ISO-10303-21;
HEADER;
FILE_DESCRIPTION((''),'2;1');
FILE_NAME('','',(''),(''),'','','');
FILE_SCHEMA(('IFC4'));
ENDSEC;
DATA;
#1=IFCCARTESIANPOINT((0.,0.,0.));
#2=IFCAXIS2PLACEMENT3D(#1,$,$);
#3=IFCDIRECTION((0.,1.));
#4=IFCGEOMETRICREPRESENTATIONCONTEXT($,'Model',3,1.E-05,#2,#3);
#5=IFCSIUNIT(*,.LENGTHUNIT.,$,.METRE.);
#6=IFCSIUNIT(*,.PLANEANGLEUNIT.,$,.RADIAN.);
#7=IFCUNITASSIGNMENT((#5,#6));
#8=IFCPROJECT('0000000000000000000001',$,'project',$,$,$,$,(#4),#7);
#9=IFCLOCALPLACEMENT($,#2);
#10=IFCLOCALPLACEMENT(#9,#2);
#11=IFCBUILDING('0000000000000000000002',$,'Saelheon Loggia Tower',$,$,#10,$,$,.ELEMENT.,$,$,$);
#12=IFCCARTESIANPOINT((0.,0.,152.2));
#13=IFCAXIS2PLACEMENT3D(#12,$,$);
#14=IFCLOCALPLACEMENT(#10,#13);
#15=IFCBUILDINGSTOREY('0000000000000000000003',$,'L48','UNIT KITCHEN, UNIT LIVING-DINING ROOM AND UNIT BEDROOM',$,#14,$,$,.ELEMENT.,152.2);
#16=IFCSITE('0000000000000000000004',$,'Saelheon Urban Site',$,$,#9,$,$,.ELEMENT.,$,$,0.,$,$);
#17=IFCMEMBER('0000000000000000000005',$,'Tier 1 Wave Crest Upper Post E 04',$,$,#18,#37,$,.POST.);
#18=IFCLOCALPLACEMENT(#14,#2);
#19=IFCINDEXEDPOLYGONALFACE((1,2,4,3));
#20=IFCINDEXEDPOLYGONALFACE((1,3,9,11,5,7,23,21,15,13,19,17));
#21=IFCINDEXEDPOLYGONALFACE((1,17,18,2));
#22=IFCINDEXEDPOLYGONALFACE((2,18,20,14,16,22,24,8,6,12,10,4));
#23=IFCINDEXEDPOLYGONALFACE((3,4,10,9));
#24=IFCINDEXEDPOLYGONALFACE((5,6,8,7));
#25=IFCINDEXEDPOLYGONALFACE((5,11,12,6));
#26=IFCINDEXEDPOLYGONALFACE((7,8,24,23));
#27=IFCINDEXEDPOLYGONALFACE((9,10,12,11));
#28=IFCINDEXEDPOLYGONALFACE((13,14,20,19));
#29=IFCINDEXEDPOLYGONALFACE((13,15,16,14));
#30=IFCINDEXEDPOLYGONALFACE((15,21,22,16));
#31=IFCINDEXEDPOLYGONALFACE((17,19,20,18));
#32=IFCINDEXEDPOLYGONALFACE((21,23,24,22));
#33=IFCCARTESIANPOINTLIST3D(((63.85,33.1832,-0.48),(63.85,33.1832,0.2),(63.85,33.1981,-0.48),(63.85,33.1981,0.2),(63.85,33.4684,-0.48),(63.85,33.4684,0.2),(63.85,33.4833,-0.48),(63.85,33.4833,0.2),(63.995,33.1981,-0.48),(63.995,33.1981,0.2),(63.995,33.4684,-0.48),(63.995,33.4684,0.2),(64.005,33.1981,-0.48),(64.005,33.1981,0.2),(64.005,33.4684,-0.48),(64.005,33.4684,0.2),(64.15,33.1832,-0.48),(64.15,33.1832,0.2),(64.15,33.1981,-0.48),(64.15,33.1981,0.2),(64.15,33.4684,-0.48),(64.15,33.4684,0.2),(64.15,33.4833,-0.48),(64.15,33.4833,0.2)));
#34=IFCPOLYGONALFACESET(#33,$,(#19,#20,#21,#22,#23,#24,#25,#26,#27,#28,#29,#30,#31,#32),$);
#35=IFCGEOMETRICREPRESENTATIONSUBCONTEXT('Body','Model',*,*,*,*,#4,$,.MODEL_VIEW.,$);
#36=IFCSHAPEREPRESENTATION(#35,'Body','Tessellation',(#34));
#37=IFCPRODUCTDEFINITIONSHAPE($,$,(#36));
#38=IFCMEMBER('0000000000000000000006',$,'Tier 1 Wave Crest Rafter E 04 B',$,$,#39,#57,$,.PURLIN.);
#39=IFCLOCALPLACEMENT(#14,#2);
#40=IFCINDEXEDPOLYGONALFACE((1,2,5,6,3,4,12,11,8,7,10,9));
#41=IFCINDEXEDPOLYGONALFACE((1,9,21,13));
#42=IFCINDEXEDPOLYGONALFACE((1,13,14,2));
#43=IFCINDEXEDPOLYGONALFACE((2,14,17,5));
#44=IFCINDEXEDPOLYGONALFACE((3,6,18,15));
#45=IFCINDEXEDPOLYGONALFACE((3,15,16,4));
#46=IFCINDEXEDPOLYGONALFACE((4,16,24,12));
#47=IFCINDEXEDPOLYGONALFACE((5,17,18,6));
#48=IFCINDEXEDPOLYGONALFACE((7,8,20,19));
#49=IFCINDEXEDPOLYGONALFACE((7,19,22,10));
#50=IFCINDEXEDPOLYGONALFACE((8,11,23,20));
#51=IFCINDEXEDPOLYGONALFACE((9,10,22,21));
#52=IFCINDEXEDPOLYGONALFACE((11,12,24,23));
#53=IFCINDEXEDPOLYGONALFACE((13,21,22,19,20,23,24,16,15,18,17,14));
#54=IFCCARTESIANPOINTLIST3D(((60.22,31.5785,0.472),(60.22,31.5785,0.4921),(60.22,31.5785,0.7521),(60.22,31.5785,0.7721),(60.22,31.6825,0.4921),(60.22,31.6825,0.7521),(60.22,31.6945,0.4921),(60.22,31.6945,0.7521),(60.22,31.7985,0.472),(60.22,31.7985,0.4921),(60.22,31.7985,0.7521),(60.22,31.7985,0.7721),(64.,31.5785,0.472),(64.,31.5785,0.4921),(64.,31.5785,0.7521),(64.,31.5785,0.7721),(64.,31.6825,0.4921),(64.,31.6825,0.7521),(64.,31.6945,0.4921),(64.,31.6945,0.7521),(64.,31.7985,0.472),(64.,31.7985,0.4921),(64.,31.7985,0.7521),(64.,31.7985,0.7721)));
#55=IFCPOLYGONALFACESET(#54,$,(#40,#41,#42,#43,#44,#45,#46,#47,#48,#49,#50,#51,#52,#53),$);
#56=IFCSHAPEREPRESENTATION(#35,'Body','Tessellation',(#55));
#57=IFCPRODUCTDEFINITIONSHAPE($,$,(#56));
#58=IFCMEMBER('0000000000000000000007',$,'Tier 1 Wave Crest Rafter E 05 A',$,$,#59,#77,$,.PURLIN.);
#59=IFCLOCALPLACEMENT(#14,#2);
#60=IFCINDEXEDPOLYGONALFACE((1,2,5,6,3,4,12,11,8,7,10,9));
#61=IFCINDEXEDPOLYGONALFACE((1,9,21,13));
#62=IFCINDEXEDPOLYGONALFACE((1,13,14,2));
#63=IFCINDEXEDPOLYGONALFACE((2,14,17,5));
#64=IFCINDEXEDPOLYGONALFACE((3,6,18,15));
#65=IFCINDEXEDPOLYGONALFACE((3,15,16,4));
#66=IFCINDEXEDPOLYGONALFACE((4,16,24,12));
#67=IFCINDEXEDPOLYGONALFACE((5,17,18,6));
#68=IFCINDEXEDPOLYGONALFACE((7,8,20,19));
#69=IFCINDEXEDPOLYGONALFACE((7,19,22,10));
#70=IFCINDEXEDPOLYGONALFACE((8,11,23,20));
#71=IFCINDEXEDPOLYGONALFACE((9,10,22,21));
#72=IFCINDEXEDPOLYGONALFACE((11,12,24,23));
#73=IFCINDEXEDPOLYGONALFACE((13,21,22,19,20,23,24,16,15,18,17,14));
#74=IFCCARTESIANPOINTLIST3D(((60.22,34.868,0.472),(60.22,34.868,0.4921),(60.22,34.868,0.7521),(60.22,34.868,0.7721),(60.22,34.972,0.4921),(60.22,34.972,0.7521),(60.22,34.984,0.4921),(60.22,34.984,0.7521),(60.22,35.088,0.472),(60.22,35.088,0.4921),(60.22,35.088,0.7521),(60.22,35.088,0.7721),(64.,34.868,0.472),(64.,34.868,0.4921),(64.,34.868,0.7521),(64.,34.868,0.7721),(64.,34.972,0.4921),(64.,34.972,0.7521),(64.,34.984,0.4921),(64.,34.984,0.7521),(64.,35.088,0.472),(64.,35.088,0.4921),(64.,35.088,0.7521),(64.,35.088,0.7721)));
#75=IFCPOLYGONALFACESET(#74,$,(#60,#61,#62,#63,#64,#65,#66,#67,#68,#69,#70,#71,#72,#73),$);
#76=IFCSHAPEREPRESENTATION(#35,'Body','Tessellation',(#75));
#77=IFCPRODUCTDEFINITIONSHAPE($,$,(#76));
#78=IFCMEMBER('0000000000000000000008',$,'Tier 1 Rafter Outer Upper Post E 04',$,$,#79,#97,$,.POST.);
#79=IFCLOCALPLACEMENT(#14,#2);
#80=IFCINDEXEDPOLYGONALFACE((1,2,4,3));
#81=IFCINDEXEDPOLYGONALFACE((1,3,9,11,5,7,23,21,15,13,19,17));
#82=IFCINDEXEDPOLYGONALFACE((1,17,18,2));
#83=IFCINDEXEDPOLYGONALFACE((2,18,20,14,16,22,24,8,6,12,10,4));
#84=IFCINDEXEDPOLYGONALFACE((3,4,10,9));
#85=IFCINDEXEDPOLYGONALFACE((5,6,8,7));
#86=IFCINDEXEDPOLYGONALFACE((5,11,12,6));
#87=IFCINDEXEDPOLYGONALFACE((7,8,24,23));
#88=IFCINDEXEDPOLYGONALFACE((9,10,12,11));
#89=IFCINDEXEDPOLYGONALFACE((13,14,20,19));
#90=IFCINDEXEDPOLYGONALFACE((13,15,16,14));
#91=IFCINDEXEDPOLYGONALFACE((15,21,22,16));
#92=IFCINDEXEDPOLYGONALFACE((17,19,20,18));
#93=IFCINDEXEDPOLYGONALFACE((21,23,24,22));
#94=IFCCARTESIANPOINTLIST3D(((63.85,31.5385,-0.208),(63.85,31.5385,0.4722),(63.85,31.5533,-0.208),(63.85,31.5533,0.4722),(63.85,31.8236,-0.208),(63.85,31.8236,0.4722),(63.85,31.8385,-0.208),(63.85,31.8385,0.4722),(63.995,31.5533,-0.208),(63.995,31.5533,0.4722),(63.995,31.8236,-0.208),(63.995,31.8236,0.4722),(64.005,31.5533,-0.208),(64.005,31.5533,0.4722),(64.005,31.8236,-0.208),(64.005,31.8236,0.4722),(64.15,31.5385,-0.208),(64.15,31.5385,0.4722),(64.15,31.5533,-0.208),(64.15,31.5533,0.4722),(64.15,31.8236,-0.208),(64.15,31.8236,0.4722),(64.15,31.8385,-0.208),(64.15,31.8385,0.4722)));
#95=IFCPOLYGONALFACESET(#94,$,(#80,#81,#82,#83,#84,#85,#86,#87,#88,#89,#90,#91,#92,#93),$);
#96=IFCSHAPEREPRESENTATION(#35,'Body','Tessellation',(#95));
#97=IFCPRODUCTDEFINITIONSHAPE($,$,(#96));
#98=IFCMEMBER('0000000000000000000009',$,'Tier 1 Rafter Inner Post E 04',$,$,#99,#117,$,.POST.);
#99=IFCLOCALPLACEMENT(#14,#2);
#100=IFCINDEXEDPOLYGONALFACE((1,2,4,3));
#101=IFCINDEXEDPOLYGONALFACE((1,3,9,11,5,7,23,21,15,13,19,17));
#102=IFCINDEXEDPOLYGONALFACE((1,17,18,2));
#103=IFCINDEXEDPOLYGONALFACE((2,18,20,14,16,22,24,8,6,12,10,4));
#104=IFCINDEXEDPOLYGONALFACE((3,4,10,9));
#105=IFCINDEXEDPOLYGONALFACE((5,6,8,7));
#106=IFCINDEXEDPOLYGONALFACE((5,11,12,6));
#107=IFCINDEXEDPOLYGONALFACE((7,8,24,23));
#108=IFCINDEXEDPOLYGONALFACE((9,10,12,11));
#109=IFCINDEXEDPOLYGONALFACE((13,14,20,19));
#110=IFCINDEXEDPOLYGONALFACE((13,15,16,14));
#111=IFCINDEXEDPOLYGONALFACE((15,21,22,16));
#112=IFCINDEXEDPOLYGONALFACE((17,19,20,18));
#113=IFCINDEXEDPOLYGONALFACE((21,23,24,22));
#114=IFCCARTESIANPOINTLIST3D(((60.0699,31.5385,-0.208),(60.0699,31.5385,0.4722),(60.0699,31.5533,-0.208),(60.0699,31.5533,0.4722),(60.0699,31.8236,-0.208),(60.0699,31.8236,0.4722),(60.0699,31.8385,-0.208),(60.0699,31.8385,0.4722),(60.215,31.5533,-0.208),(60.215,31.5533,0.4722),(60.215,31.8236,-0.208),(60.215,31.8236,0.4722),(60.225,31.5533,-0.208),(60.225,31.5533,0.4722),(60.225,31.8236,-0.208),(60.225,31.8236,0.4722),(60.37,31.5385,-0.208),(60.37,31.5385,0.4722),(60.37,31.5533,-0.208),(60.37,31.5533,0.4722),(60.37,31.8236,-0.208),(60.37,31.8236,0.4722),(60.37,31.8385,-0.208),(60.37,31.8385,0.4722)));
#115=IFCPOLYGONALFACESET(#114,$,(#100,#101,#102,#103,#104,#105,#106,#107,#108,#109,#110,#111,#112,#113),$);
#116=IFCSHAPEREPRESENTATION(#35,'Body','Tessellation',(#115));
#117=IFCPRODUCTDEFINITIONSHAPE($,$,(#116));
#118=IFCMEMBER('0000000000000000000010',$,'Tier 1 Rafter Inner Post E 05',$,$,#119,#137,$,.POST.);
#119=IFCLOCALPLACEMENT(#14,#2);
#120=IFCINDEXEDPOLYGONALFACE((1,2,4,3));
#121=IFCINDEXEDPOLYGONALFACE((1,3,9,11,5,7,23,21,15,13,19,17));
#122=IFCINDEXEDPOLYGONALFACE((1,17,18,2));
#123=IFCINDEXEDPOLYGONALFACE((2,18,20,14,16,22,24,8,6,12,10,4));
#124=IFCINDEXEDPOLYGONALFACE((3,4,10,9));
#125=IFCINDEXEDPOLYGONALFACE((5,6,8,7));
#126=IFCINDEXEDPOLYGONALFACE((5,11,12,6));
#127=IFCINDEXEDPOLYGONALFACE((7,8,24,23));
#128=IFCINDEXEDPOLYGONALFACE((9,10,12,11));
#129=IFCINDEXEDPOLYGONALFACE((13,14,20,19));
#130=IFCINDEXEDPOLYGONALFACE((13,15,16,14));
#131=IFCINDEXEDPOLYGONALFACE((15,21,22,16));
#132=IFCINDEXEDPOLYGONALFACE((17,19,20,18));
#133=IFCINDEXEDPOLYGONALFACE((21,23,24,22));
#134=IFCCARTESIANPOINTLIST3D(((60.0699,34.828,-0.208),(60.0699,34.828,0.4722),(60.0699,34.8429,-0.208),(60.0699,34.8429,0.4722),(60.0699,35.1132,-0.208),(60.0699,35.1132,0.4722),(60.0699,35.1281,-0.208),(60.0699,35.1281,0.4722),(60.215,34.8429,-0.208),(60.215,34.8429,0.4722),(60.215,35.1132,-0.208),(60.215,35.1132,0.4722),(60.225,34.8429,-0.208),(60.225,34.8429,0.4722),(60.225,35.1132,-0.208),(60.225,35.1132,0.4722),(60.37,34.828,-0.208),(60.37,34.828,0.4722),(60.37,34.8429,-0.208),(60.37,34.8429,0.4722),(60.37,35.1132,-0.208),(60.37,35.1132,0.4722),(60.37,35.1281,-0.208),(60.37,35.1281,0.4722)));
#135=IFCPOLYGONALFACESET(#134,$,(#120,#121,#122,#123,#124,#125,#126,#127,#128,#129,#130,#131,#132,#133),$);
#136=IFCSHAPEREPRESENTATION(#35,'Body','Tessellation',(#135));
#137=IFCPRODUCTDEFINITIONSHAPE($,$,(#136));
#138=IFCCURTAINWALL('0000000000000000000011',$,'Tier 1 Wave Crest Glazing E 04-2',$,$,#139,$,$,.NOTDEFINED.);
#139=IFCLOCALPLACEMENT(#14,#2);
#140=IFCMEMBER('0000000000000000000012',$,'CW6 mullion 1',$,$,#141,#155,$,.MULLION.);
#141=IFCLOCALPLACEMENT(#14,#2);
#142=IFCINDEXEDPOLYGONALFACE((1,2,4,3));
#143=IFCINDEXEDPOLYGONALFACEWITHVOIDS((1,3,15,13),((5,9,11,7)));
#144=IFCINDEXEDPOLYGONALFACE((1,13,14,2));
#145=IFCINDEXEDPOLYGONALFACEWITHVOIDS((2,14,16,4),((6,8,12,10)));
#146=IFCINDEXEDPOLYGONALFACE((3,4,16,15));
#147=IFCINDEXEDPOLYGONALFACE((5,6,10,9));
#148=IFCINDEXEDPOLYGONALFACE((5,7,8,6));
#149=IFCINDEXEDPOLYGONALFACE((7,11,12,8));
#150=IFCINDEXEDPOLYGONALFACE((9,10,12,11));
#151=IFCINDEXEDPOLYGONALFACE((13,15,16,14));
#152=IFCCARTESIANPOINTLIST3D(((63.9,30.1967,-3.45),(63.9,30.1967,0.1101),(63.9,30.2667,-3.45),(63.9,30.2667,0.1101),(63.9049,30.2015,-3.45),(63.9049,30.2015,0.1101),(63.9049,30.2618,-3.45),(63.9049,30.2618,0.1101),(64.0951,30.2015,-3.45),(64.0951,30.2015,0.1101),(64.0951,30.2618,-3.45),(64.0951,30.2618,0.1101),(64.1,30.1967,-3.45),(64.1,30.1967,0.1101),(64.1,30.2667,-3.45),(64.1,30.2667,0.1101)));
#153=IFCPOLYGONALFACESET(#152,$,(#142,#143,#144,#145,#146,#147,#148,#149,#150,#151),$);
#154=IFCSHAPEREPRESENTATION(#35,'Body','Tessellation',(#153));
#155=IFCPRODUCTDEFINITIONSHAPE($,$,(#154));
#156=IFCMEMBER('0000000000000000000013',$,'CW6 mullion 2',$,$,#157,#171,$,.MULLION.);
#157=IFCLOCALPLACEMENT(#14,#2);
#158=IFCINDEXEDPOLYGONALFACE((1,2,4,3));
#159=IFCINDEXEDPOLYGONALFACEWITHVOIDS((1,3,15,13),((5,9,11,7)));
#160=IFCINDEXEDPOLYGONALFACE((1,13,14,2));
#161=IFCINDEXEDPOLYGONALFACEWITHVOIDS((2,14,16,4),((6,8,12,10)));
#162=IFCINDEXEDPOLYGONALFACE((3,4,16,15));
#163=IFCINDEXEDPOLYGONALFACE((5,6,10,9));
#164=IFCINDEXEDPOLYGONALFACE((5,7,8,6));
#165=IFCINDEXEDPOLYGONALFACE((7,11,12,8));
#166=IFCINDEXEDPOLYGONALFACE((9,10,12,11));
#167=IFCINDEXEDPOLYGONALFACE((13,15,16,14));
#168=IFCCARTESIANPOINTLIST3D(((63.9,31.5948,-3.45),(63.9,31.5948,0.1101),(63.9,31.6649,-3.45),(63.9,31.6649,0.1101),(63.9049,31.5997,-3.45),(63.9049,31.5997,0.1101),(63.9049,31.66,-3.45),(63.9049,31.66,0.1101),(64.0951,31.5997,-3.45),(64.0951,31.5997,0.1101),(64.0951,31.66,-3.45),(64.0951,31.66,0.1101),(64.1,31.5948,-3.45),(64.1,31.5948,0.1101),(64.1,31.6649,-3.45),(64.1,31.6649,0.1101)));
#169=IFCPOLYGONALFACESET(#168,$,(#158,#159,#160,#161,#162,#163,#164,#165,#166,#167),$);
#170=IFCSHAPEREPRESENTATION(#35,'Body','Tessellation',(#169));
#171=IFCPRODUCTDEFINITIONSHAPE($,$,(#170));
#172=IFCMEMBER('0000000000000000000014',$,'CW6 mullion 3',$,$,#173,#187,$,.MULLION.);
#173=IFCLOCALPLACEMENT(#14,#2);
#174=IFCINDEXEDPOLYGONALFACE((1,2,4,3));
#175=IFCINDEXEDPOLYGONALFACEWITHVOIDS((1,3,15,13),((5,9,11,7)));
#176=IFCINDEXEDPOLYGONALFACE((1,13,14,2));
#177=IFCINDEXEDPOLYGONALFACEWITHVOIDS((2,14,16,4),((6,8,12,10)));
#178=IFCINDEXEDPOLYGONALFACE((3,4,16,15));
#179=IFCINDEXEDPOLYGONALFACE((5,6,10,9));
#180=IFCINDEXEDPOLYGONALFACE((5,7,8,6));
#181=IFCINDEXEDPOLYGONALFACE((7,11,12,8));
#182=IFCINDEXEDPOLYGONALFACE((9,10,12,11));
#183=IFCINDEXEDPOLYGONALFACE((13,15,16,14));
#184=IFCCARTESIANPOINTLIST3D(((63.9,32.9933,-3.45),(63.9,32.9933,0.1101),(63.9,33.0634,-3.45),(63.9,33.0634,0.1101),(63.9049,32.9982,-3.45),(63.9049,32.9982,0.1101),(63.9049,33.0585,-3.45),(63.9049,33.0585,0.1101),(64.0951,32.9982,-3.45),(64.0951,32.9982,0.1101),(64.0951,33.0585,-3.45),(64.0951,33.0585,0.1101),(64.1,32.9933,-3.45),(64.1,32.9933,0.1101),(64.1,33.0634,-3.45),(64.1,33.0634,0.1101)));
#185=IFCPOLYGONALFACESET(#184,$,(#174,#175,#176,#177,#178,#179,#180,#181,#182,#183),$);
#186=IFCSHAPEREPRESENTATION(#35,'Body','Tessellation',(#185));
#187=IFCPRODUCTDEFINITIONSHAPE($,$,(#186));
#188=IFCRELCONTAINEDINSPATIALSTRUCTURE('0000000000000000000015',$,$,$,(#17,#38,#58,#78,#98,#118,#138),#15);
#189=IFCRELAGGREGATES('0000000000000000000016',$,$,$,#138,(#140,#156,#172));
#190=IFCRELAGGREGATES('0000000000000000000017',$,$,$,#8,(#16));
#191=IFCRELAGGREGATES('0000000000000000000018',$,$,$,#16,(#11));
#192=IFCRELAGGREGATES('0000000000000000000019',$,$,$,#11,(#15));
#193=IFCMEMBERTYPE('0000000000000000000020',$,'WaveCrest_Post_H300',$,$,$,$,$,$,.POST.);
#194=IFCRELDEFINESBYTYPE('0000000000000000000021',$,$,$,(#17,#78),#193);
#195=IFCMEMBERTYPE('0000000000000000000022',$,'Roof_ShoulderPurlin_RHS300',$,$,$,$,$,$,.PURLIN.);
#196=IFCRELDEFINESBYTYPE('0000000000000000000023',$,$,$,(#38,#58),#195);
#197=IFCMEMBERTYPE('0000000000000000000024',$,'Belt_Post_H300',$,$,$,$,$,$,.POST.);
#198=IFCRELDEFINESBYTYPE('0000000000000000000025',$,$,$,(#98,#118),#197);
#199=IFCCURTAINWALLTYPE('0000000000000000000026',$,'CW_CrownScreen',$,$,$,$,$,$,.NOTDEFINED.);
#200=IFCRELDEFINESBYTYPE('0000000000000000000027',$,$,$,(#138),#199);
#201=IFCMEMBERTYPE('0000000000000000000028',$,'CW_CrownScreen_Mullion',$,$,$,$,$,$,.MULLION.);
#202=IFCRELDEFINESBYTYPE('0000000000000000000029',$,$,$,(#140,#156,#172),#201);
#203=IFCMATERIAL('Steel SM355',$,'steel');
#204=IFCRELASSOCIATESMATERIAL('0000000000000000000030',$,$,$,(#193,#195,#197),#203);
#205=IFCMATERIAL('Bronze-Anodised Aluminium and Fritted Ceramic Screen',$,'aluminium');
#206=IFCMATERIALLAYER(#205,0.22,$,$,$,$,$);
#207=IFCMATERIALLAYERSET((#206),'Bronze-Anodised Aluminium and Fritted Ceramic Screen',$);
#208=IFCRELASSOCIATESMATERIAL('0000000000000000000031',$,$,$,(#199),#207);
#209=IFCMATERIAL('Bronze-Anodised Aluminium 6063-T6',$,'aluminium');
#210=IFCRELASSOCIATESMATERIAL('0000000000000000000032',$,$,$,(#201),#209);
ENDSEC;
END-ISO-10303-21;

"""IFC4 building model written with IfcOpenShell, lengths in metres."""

from ifc_helpers import new_model, si_unit, direction, frame, origin, origin_2d, place, context, subcontext, project, spatial, hollow_rectangle, i_section, extrude, source, transform, mapped, material, layer, layer_set, material_profile, profile_set, type_object, element, aggregate, save


model = new_model("IFC4")

# Units and contexts
model_context = context("Model", 3, precision=1e-05, world=origin(), true_north=direction((0.0, 1.0)))
body_context = subcontext(model_context, "Body", "Model", "MODEL_VIEW")
ifc_project = project(units=[si_unit("LENGTHUNIT", "METRE"), si_unit("PLANEANGLEUNIT", "RADIAN")], contexts=[model_context])

# Site, building, storey
site_placement = place(None, origin())
site = spatial("IfcSite", under=ifc_project, at=site_placement, Name="Saelheon Urban Site", CompositionType="ELEMENT", RefElevation=0.0)
building_placement = place(site_placement, origin())
building = spatial("IfcBuilding", under=site, at=building_placement, Name="Saelheon Loggia Tower", CompositionType="ELEMENT")
storey_placement = place(building_placement, frame((0.0, 0.0, 152.2)))
storey = spatial("IfcBuildingStorey", under=building, at=storey_placement, Name="L48", Description="UNIT KITCHEN, UNIT LIVING-DINING ROOM AND UNIT BEDROOM", CompositionType="ELEMENT", Elevation=152.2)

# Members
ifc_material_1 = material(Name="Steel SM355", Category="steel")
ifc_material_profile_1 = material_profile(ifc_material_1, i_section(OverallWidth=0.3, OverallDepth=0.3, WebThickness=0.01, FlangeThickness=0.0149, at=origin_2d()), Name="H-300x300x10x15")
ifc_profile_set_1 = profile_set([ifc_material_profile_1], Name="Steel SM355")
member_type_1 = type_object("IfcMemberType", Name="WaveCrest_Post_H300", PredefinedType="POST", material=ifc_profile_set_1)
shared_shape_1 = source(origin(), body_context, "Body", "SweptSolid", [
    extrude(i_section(OverallWidth=0.3, OverallDepth=0.3, WebThickness=0.01, FlangeThickness=0.0149, at=origin_2d()), origin(), (0.0, 0.0, 1.0), 0.6799),
])
member_1_placement = place(storey_placement, frame((64.0, 33.3333, -0.48), z_axis=(0.0, 0.0, 1.0), x_axis=(1.0, 0.0, 0.0)))
element("IfcMember", 1, at=member_1_placement, inside=storey, type_object=member_type_1, Name="Tier 1 Wave Crest Upper Post E 04", PredefinedType="POST", context=body_context, shape_type="MappedRepresentation", body=[
    mapped(shared_shape_1, transform((0.0, 0.0, 0.0), scale=1.0)),
])
ifc_material_profile_2 = material_profile(ifc_material_1, i_section(OverallWidth=0.22, OverallDepth=0.3, WebThickness=0.012, FlangeThickness=0.02, at=origin_2d()), Name="H-300x220x12x20")
ifc_profile_set_2 = profile_set([ifc_material_profile_2], Name="Steel SM355")
member_type_2 = type_object("IfcMemberType", Name="Roof_ShoulderPurlin_RHS300", PredefinedType="PURLIN", material=ifc_profile_set_2)
shared_shape_2 = source(origin(), body_context, "Body", "SweptSolid", [
    extrude(i_section(OverallWidth=0.22, OverallDepth=0.3, WebThickness=0.012, FlangeThickness=0.02, at=origin_2d()), origin(), (0.0, 0.0, 1.0), 3.78),
])
for number, where, z_axis, x_axis, name in (
    (2, (64.0, 31.6885, 0.6221), (-1.0, 0.0, 0.0), (0.0, -1.0, 0.0), "Tier 1 Wave Crest Rafter E 04 B"),
    (3, (64.0, 34.978, 0.6221), (-1.0, 0.0, 0.0), (0.0, -1.0, 0.0), "Tier 1 Wave Crest Rafter E 05 A"),
):
    element("IfcMember", number, at=place(storey_placement, frame(where, z_axis=z_axis, x_axis=x_axis)), inside=storey, type_object=member_type_2, Name=name, PredefinedType="PURLIN", context=body_context, shape_type="MappedRepresentation", body=[
        mapped(shared_shape_2, transform((0.0, 0.0, 0.0), scale=1.0)),
    ])
shared_shape_3 = source(origin(), body_context, "Body", "SweptSolid", [
    extrude(i_section(OverallWidth=0.3, OverallDepth=0.3, WebThickness=0.01, FlangeThickness=0.0149, at=origin_2d()), origin(), (0.0, 0.0, 1.0), 0.6802),
])
member_2_placement = place(storey_placement, frame((64.0, 31.6885, -0.208), z_axis=(0.0, 0.0, 1.0), x_axis=(1.0, 0.0, 0.0)))
element("IfcMember", 4, at=member_2_placement, inside=storey, type_object=member_type_1, Name="Tier 1 Rafter Outer Upper Post E 04", PredefinedType="POST", context=body_context, shape_type="MappedRepresentation", body=[
    mapped(shared_shape_3, transform((0.0, 0.0, 0.0), scale=1.0)),
])
ifc_material_profile_3 = material_profile(ifc_material_1, i_section(OverallWidth=0.3, OverallDepth=0.3, WebThickness=0.01, FlangeThickness=0.0149, at=origin_2d()), Name="H-300x300x10x15")
ifc_profile_set_3 = profile_set([ifc_material_profile_3], Name="Steel SM355")
member_type_3 = type_object("IfcMemberType", Name="Belt_Post_H300", PredefinedType="POST", material=ifc_profile_set_3)
for number, where, z_axis, x_axis, name in (
    (5, (60.22, 31.6885, -0.208), (0.0, 0.0, 1.0), (1.0, 0.0, 0.0), "Tier 1 Rafter Inner Post E 04"),
    (6, (60.22, 34.978, -0.208), (0.0, 0.0, 1.0), (1.0, 0.0, 0.0), "Tier 1 Rafter Inner Post E 05"),
):
    element("IfcMember", number, at=place(storey_placement, frame(where, z_axis=z_axis, x_axis=x_axis)), inside=storey, type_object=member_type_3, Name=name, PredefinedType="POST", context=body_context, shape_type="MappedRepresentation", body=[
        mapped(shared_shape_3, transform((0.0, 0.0, 0.0), scale=1.0)),
    ])

# Curtain wall, members
ifc_material_2 = material(Name="Bronze-Anodised Aluminium and Fritted Ceramic Screen", Category="aluminium")
ifc_layer_1 = layer(ifc_material_2, 0.22)
ifc_layer_set_1 = layer_set([ifc_layer_1], Name="Bronze-Anodised Aluminium and Fritted Ceramic Screen")
curtain_wall_type = type_object("IfcCurtainWallType", Name="CW_CrownScreen", PredefinedType="NOTDEFINED", material=ifc_layer_set_1)
curtain_wall_1_placement = place(storey_placement, origin())
curtain_wall_1 = element("IfcCurtainWall", 7, at=curtain_wall_1_placement, inside=storey, type_object=curtain_wall_type, Name="Tier 1 Wave Crest Glazing E 04-2", PredefinedType="NOTDEFINED")
ifc_material_3 = material(Name="Bronze-Anodised Aluminium 6063-T6", Category="aluminium")
ifc_material_profile_4 = material_profile(ifc_material_3, hollow_rectangle(XDim=0.0701, YDim=0.2, WallThickness=0.0049, at=origin_2d()), Name="RHS-200x70x5")
ifc_profile_set_4 = profile_set([ifc_material_profile_4], Name="Bronze-Anodised Aluminium 6063-T6")
member_type_4 = type_object("IfcMemberType", Name="CW_CrownScreen_Mullion", PredefinedType="MULLION", material=ifc_profile_set_4)
shared_shape_4 = source(origin(), body_context, "Body", "SweptSolid", [
    extrude(hollow_rectangle(XDim=0.0701, YDim=0.2, WallThickness=0.0049, at=origin_2d()), origin(), (0.0, 0.0, 1.0), 3.5601),
])
member_3_placement = place(storey_placement, frame((64.0, 30.2317, -3.45), z_axis=(0.0, 0.0, 1.0), x_axis=(0.0, 1.0, 0.0)))
member_3 = element("IfcMember", 8, at=member_3_placement, type_object=member_type_4, Name="CW6 mullion 1", PredefinedType="MULLION", context=body_context, shape_type="MappedRepresentation", body=[
    mapped(shared_shape_4, transform((0.0, 0.0, 0.0), scale=1.0)),
])
member_4_placement = place(storey_placement, frame((64.0, 31.6299, -3.45), z_axis=(0.0, 0.0, 1.0), x_axis=(0.0, 1.0, 0.0)))
member_4 = element("IfcMember", 9, at=member_4_placement, type_object=member_type_4, Name="CW6 mullion 2", PredefinedType="MULLION", context=body_context, shape_type="MappedRepresentation", body=[
    mapped(shared_shape_4, transform((0.0, 0.0, 0.0), scale=1.0)),
])
member_5_placement = place(storey_placement, frame((64.0, 33.0283, -3.45), z_axis=(0.0, 0.0, 1.0), x_axis=(0.0, 1.0, 0.0)))
member_5 = element("IfcMember", 10, at=member_5_placement, type_object=member_type_4, Name="CW6 mullion 3", PredefinedType="MULLION", context=body_context, shape_type="MappedRepresentation", body=[
    mapped(shared_shape_4, transform((0.0, 0.0, 0.0), scale=1.0)),
])

aggregate(curtain_wall_1, [member_3, member_4, member_5])

save(model, "model.ifc")
